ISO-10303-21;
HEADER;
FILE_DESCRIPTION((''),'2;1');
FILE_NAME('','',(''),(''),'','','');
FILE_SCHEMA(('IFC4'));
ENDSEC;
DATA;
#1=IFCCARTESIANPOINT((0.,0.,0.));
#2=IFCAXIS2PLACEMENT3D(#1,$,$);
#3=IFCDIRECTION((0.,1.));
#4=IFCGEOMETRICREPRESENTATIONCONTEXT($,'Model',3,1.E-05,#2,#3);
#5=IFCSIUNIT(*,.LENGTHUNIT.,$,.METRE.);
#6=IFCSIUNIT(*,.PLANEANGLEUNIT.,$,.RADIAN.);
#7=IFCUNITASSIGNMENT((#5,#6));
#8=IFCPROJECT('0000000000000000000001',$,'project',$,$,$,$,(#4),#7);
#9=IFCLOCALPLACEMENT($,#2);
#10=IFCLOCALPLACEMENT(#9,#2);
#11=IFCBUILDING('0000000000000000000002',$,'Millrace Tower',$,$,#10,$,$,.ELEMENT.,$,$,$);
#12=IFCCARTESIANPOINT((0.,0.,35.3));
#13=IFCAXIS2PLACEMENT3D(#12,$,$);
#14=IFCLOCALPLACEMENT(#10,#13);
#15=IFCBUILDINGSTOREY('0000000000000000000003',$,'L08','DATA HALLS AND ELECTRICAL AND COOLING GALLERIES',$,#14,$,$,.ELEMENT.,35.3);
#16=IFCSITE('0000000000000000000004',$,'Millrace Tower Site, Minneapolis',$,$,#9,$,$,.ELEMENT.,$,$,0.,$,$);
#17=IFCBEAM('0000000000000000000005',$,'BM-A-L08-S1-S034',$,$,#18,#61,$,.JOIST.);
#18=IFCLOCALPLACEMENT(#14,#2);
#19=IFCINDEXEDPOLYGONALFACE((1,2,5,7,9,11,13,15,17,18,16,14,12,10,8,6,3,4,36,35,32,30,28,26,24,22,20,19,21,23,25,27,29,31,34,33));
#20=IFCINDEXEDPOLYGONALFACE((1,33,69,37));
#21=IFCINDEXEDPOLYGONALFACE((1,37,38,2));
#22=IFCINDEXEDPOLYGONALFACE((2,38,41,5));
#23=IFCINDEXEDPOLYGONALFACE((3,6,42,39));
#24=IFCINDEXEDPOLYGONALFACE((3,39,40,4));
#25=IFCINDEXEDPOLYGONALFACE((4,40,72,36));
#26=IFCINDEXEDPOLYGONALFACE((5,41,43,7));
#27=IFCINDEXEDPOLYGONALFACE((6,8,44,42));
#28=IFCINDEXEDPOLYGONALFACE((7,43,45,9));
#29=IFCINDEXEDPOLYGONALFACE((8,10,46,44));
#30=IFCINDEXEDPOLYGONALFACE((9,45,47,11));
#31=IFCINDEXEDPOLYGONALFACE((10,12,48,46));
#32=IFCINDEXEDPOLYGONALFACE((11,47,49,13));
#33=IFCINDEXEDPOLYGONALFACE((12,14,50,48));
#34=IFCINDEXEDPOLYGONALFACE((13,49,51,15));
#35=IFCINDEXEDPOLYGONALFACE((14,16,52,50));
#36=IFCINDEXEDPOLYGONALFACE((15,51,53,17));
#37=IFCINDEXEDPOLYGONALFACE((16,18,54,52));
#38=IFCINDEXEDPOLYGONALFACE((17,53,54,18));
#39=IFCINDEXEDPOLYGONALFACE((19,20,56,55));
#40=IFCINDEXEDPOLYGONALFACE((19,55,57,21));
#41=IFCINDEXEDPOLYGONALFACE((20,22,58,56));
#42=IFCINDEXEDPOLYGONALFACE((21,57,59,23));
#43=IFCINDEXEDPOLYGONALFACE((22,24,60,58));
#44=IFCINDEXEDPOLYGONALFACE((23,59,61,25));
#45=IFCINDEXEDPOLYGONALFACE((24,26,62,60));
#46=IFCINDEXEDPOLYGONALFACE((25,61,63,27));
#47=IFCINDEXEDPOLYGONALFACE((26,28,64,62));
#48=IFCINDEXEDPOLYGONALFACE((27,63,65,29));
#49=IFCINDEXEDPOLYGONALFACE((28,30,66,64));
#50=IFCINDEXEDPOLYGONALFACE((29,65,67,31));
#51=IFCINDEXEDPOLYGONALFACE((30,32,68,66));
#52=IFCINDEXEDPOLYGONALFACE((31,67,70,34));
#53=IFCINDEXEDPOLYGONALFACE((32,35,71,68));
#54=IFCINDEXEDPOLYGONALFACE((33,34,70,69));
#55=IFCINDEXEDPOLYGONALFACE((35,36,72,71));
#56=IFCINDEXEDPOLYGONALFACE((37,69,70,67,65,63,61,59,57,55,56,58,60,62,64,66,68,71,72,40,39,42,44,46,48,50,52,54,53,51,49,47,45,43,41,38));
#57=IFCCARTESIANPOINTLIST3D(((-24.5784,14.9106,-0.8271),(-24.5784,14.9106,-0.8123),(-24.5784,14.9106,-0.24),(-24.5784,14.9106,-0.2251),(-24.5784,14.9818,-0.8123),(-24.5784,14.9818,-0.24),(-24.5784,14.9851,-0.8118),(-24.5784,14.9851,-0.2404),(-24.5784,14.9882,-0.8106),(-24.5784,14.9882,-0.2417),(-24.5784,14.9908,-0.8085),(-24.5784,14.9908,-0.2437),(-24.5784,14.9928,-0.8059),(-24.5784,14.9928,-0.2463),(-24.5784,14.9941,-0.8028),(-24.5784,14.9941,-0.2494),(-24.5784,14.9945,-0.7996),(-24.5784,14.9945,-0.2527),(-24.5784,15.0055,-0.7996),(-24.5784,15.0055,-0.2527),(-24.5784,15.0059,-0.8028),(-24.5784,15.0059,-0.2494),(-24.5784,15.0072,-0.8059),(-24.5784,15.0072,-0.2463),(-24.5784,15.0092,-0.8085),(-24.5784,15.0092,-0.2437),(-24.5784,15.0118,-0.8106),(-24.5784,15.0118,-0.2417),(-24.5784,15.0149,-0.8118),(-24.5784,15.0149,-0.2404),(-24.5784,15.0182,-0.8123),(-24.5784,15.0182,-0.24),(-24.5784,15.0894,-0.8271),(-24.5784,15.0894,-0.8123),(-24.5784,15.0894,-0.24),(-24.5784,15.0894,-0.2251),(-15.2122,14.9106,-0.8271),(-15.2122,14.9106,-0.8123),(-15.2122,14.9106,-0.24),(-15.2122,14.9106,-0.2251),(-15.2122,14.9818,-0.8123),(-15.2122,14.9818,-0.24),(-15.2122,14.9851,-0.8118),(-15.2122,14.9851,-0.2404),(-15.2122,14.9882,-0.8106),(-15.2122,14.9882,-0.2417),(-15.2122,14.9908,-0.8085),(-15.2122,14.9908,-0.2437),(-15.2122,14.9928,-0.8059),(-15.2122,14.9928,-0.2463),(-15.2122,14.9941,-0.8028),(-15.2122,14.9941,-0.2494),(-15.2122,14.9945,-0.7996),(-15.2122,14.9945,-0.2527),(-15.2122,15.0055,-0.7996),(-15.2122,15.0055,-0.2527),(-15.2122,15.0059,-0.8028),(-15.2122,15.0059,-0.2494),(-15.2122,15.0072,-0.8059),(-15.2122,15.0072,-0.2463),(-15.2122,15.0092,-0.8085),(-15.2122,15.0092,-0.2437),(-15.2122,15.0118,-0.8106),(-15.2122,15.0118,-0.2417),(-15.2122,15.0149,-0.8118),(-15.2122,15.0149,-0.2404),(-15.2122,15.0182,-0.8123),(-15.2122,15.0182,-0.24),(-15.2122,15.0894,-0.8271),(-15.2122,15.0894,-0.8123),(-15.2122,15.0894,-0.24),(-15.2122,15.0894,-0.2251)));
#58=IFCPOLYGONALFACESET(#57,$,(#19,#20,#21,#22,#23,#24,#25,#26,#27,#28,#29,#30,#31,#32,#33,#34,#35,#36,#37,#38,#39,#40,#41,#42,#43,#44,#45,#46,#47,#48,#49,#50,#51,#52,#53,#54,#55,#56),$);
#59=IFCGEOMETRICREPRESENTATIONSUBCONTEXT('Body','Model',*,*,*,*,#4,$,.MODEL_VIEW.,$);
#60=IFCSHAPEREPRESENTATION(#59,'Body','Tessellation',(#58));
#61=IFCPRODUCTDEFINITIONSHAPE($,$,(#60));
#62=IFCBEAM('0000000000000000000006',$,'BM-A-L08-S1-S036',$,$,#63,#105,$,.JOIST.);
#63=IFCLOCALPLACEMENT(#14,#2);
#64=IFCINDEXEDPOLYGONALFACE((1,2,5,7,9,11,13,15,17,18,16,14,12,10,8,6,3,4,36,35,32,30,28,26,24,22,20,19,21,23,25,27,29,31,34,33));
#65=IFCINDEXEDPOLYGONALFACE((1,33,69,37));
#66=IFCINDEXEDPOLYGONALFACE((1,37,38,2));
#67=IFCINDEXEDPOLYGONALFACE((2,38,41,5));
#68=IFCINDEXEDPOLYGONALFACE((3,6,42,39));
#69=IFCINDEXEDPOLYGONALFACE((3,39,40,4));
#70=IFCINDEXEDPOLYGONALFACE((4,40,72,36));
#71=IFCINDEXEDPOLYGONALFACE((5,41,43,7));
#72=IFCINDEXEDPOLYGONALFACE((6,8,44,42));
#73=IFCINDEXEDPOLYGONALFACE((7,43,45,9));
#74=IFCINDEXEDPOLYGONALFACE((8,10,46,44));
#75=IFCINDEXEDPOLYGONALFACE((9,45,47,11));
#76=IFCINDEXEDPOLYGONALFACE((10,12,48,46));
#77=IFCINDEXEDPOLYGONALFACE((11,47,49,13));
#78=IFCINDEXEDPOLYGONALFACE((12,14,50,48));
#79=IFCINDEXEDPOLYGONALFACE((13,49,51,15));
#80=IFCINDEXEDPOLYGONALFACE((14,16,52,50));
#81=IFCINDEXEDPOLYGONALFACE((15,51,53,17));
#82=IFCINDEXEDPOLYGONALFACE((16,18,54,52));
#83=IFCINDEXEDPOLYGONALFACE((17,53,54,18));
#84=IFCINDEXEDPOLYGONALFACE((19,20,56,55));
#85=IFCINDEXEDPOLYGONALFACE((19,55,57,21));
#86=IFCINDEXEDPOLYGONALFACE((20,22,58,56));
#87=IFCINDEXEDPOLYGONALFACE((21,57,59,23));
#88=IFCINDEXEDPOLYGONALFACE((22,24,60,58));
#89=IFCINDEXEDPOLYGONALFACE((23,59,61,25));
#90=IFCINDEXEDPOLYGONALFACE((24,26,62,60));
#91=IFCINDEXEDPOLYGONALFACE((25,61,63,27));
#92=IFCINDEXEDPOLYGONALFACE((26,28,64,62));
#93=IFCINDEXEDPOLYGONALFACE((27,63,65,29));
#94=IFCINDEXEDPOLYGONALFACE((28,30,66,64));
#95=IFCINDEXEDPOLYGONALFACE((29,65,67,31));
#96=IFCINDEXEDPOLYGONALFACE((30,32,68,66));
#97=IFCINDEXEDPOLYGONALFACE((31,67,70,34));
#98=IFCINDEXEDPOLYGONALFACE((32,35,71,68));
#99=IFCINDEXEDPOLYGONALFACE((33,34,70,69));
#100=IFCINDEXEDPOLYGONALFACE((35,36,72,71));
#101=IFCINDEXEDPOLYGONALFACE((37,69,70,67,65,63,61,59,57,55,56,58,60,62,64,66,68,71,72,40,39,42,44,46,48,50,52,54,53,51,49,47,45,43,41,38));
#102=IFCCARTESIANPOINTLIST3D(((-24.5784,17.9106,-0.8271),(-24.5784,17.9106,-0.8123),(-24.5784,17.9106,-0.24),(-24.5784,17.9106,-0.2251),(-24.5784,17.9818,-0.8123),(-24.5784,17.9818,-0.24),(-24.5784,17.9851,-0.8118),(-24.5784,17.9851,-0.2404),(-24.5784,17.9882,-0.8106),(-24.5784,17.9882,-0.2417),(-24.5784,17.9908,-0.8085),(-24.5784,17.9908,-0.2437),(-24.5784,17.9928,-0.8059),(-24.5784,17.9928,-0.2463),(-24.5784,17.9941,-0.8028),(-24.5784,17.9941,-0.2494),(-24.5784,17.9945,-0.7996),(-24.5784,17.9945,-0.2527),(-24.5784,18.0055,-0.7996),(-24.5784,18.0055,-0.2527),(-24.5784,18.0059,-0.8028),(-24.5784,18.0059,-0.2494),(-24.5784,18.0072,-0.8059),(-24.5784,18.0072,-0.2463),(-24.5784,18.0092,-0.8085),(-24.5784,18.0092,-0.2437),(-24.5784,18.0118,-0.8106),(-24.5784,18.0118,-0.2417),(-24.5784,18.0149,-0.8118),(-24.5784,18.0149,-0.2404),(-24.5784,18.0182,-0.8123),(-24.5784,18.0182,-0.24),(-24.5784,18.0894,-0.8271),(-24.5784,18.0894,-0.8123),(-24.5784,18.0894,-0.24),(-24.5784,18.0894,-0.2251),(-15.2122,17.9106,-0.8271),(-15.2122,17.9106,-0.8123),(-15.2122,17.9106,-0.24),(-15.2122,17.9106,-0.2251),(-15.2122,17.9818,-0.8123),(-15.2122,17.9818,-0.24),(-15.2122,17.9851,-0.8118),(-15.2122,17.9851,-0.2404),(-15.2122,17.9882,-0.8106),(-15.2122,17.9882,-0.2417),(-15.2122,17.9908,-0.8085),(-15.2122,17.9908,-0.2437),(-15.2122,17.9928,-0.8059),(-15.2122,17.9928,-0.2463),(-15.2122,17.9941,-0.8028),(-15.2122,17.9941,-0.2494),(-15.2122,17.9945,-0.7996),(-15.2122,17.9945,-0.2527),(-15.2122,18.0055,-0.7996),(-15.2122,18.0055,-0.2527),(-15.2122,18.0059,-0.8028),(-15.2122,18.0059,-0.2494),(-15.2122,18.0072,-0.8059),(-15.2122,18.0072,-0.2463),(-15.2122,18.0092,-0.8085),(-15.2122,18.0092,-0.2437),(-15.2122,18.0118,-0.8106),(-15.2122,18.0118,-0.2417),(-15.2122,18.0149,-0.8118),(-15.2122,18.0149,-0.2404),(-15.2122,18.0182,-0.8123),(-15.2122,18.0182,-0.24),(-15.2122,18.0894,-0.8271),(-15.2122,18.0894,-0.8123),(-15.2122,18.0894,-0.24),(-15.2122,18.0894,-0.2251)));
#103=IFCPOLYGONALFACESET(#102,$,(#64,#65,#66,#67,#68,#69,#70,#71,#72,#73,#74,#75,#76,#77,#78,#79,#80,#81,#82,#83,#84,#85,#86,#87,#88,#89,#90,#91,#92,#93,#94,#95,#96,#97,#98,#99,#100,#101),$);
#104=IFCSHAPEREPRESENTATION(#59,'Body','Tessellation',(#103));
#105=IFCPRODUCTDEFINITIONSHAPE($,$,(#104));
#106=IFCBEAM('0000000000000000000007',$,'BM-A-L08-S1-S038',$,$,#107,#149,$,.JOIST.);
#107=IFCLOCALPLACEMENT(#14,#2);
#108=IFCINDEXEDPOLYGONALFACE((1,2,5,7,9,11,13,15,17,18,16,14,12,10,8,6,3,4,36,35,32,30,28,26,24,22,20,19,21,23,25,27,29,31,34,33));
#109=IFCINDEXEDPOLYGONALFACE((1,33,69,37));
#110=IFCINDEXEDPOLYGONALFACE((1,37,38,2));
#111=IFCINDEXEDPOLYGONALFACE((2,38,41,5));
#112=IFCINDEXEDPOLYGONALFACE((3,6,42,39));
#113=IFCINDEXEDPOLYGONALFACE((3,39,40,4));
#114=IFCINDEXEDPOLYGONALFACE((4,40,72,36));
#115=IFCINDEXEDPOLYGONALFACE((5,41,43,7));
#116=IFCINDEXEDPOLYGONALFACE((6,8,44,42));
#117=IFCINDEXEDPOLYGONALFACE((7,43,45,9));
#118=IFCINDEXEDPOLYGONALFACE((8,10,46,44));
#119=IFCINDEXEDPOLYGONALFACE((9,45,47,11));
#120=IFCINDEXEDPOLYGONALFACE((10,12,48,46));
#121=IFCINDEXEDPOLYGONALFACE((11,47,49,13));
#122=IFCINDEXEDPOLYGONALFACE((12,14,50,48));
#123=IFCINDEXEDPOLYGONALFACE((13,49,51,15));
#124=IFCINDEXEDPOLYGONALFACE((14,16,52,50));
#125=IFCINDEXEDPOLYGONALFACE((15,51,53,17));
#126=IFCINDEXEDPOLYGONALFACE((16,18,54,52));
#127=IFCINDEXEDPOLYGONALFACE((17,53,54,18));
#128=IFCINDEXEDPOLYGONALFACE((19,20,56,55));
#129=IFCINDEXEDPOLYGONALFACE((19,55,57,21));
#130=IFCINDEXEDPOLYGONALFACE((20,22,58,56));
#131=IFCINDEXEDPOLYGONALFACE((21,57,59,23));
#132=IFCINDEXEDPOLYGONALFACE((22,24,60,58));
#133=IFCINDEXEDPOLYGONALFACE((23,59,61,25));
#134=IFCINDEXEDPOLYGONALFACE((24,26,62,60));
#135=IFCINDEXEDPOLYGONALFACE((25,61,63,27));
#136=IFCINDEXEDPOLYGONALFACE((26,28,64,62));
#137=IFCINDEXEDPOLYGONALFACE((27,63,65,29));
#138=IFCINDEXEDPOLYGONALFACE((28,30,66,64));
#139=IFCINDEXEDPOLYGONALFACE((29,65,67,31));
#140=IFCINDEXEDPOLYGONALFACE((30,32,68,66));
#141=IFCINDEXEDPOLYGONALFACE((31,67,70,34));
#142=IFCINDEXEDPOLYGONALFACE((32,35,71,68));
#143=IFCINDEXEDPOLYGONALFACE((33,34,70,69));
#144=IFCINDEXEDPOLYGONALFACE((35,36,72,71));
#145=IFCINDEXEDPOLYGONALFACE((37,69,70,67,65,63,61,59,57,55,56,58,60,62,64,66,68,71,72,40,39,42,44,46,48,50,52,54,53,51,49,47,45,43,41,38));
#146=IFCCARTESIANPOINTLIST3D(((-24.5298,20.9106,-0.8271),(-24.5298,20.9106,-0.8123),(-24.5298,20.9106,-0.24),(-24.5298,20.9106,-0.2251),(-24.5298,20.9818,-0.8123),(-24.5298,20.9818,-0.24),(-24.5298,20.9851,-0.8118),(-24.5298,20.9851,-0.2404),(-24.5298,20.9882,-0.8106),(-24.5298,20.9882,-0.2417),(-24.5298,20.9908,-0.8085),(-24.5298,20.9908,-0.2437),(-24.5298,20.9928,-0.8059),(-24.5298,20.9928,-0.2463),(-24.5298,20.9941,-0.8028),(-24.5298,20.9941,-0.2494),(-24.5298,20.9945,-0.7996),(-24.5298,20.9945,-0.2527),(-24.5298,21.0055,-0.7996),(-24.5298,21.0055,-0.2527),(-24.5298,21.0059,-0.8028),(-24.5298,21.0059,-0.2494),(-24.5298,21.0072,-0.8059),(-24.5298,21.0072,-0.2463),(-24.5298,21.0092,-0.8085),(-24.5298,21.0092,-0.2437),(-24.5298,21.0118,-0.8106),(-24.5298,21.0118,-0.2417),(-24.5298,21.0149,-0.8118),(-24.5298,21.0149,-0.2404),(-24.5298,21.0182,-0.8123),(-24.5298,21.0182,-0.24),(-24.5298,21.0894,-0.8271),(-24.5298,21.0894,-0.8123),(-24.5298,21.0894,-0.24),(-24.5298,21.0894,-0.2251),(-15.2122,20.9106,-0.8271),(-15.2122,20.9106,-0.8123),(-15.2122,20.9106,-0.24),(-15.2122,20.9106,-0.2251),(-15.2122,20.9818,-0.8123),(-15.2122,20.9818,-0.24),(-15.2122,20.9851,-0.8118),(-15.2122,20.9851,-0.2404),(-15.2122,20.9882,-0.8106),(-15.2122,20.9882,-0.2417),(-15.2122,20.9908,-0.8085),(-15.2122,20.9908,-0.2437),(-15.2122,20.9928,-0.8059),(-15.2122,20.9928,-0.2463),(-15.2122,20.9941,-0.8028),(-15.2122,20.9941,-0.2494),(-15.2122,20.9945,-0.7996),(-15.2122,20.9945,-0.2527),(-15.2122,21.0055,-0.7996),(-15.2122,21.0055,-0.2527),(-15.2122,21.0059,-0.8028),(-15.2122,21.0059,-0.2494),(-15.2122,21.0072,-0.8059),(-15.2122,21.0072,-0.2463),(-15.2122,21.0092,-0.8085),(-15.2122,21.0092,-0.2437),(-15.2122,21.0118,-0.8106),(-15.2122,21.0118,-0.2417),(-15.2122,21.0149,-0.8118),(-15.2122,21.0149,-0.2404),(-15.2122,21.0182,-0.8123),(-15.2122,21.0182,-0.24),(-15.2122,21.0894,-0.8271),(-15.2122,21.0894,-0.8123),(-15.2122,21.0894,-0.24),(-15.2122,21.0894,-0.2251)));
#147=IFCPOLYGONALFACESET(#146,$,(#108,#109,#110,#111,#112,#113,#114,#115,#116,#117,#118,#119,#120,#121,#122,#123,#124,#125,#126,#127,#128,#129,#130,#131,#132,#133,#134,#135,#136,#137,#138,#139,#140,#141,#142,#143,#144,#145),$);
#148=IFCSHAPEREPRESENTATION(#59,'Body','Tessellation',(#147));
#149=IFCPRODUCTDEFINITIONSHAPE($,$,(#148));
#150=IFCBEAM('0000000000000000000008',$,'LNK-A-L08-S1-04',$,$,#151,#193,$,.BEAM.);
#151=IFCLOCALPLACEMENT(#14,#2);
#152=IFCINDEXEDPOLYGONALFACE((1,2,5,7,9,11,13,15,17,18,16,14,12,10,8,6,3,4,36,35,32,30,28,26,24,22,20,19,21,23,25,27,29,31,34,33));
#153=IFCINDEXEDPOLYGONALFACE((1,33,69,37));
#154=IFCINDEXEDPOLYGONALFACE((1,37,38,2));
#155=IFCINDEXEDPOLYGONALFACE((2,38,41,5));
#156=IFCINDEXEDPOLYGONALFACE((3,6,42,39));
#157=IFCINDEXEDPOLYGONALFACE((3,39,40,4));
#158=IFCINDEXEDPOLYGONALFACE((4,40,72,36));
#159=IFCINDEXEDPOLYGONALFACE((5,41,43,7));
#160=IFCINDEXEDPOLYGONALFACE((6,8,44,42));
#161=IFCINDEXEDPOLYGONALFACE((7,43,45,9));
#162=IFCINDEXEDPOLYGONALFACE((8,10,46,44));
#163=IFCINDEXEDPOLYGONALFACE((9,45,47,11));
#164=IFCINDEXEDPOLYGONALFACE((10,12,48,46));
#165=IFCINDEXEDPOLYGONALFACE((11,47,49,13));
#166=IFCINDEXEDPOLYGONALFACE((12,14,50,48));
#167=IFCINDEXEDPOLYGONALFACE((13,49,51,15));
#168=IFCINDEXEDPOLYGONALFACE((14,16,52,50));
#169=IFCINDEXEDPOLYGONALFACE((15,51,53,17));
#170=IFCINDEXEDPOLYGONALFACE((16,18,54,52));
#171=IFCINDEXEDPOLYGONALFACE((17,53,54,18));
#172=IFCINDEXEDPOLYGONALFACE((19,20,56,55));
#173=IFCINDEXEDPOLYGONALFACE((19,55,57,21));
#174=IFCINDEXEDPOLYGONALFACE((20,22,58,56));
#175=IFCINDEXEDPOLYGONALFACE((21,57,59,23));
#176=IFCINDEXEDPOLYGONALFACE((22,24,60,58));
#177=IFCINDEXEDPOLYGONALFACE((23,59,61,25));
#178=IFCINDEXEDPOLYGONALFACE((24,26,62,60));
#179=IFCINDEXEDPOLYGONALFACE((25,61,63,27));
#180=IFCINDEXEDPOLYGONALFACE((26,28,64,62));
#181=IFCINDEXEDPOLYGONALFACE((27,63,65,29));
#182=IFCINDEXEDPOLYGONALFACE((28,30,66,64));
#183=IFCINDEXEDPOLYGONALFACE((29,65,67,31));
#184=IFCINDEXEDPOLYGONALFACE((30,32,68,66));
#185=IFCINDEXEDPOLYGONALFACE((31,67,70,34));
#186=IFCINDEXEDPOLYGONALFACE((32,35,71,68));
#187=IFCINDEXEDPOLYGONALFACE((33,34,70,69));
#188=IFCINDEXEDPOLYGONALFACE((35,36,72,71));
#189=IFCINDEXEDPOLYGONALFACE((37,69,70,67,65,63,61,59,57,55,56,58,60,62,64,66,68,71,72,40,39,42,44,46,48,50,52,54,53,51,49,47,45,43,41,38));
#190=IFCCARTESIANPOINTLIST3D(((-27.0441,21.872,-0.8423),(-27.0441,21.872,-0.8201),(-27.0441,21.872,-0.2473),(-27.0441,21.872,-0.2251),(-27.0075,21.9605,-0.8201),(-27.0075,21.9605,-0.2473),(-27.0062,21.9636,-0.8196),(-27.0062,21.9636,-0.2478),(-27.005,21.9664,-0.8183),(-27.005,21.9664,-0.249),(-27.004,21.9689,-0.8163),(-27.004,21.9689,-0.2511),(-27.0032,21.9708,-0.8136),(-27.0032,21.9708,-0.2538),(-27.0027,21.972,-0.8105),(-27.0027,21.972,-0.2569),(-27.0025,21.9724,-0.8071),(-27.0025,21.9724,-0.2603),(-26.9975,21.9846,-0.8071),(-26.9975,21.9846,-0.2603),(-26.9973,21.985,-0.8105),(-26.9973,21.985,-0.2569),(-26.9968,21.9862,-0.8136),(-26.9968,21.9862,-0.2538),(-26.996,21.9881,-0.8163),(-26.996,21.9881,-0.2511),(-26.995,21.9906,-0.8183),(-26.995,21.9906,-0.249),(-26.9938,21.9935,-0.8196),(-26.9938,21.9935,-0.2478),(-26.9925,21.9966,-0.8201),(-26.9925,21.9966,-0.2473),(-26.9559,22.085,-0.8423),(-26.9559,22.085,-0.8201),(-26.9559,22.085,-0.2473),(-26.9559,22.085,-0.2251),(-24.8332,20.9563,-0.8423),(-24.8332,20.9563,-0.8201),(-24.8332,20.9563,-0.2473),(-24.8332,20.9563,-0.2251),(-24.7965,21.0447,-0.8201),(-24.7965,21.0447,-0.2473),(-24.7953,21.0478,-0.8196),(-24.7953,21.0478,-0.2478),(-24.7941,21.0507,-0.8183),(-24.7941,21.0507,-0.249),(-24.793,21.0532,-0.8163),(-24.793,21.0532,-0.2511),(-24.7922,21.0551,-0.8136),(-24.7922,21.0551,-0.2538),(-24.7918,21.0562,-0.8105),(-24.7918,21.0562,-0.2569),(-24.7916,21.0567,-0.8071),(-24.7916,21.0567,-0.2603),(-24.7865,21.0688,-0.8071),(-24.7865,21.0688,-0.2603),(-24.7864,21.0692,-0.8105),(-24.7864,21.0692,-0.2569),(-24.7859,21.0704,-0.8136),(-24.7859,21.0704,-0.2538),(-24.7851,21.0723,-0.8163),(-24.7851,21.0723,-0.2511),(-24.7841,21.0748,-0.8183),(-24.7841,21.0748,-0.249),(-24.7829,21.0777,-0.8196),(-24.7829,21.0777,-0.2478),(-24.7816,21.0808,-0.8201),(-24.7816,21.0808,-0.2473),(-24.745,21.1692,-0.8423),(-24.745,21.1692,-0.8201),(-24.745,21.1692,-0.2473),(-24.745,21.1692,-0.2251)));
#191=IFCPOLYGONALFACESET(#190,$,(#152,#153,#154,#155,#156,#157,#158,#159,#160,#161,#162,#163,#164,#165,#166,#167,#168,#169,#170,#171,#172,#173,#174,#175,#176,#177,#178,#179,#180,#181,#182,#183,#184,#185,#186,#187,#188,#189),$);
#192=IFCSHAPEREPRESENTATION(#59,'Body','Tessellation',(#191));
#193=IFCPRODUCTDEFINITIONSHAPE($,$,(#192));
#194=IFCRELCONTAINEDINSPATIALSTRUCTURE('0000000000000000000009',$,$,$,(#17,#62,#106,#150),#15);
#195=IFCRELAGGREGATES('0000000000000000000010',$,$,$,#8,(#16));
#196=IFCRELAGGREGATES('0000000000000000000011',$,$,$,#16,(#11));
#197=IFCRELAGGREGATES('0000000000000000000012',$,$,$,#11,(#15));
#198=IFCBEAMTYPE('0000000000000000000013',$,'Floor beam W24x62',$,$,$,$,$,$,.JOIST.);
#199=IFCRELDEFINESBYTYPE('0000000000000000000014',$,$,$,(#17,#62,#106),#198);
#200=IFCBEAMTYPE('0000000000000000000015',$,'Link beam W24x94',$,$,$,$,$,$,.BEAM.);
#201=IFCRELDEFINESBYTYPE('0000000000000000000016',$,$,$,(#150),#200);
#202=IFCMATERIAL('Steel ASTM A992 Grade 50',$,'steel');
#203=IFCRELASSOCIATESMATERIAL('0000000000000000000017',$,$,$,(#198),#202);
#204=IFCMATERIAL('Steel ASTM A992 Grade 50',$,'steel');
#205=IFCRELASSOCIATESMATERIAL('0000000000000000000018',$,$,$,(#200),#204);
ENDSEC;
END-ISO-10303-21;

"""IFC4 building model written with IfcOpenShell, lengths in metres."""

from ifc_helpers import new_model, si_unit, direction, frame, origin, origin_2d, place, context, subcontext, project, spatial, i_section, extrude, material, material_profile, profile_set, type_object, element, save


model = new_model("IFC4")

# Units and contexts
model_context = context("Model", 3, precision=1e-05, world=origin(), true_north=direction((0.0, 1.0)))
body_context = subcontext(model_context, "Body", "Model", "MODEL_VIEW")
ifc_project = project(units=[si_unit("LENGTHUNIT", "METRE"), si_unit("PLANEANGLEUNIT", "RADIAN")], contexts=[model_context])

# Site, building, storey
site_placement = place(None, origin())
site = spatial("IfcSite", under=ifc_project, at=site_placement, Name="Millrace Tower Site, Minneapolis", CompositionType="ELEMENT", RefElevation=0.0)
building_placement = place(site_placement, origin())
building = spatial("IfcBuilding", under=site, at=building_placement, Name="Millrace Tower", CompositionType="ELEMENT")
storey_placement = place(building_placement, frame((0.0, 0.0, 35.3)))
storey = spatial("IfcBuildingStorey", under=building, at=storey_placement, Name="L08", Description="DATA HALLS AND ELECTRICAL AND COOLING GALLERIES", CompositionType="ELEMENT", Elevation=35.3)

# Beams
ifc_material_1 = material(Name="Steel ASTM A992 Grade 50", Category="steel")
ifc_material_profile_1 = material_profile(ifc_material_1, i_section(OverallWidth=0.1787, OverallDepth=0.6021, WebThickness=0.011, FlangeThickness=0.0149, FilletRadius=0.0127, at=origin_2d()))
ifc_profile_set_1 = profile_set([ifc_material_profile_1], Name="Steel ASTM A992 Grade 50")
beam_type_1 = type_object("IfcBeamType", Name="Floor beam W24x62", PredefinedType="JOIST", material=ifc_profile_set_1)
for number, where, z_axis, x_axis, name in (
    (1, (-24.5784, 15.0, -0.5261), (1.0, 0.0, 0.0), (0.0, 1.0, 0.0), "BM-A-L08-S1-S034"),
    (2, (-24.5784, 18.0, -0.5261), (1.0, 0.0, 0.0), (0.0, 1.0, 0.0), "BM-A-L08-S1-S036"),
):
    element("IfcBeam", number, at=place(storey_placement, frame(where, z_axis=z_axis, x_axis=x_axis)), inside=storey, type_object=beam_type_1, Name=name, PredefinedType="JOIST", context=body_context, shape_type="SweptSolid", body=[
        extrude(i_section(OverallWidth=0.1787, OverallDepth=0.6021, WebThickness=0.011, FlangeThickness=0.0149, FilletRadius=0.0127, at=origin_2d()), origin(), (0.0, 0.0, 1.0), 9.3662),
    ])
beam_1_placement = place(storey_placement, frame((-24.5298, 21.0, -0.5261), z_axis=(1.0, 0.0, 0.0), x_axis=(0.0, 1.0, 0.0)))
element("IfcBeam", 3, at=beam_1_placement, inside=storey, type_object=beam_type_1, Name="BM-A-L08-S1-S038", PredefinedType="JOIST", context=body_context, shape_type="SweptSolid", body=[
    extrude(i_section(OverallWidth=0.1787, OverallDepth=0.6021, WebThickness=0.011, FlangeThickness=0.0149, FilletRadius=0.0127, at=origin_2d()), origin(), (0.0, 0.0, 1.0), 9.3176),
])
ifc_material_2 = material(Name="Steel ASTM A992 Grade 50", Category="steel")
ifc_material_profile_2 = material_profile(ifc_material_2, i_section(OverallWidth=0.2305, OverallDepth=0.6172, WebThickness=0.0132, FlangeThickness=0.0222, FilletRadius=0.0129, at=origin_2d()))
ifc_profile_set_2 = profile_set([ifc_material_profile_2], Name="Steel ASTM A992 Grade 50")
beam_type_2 = type_object("IfcBeamType", Name="Link beam W24x94", PredefinedType="BEAM", material=ifc_profile_set_2)
for number, where, z_axis, x_axis, name in (
    (4, (-24.7891, 21.0627, -0.5337), (-0.923884, 0.382673, 0.0), (-0.382673, -0.923884, 0.0), "LNK-A-L08-S1-04"),
):
    element("IfcBeam", number, at=place(storey_placement, frame(where, z_axis=z_axis, x_axis=x_axis)), inside=storey, type_object=beam_type_2, Name=name, PredefinedType="BEAM", context=body_context, shape_type="SweptSolid", body=[
        extrude(i_section(OverallWidth=0.2305, OverallDepth=0.6172, WebThickness=0.0132, FlangeThickness=0.0222, FilletRadius=0.0129, at=origin_2d()), origin(), (0.0, 0.0, 1.0), 2.3931),
    ])

save(model, "model.ifc")
